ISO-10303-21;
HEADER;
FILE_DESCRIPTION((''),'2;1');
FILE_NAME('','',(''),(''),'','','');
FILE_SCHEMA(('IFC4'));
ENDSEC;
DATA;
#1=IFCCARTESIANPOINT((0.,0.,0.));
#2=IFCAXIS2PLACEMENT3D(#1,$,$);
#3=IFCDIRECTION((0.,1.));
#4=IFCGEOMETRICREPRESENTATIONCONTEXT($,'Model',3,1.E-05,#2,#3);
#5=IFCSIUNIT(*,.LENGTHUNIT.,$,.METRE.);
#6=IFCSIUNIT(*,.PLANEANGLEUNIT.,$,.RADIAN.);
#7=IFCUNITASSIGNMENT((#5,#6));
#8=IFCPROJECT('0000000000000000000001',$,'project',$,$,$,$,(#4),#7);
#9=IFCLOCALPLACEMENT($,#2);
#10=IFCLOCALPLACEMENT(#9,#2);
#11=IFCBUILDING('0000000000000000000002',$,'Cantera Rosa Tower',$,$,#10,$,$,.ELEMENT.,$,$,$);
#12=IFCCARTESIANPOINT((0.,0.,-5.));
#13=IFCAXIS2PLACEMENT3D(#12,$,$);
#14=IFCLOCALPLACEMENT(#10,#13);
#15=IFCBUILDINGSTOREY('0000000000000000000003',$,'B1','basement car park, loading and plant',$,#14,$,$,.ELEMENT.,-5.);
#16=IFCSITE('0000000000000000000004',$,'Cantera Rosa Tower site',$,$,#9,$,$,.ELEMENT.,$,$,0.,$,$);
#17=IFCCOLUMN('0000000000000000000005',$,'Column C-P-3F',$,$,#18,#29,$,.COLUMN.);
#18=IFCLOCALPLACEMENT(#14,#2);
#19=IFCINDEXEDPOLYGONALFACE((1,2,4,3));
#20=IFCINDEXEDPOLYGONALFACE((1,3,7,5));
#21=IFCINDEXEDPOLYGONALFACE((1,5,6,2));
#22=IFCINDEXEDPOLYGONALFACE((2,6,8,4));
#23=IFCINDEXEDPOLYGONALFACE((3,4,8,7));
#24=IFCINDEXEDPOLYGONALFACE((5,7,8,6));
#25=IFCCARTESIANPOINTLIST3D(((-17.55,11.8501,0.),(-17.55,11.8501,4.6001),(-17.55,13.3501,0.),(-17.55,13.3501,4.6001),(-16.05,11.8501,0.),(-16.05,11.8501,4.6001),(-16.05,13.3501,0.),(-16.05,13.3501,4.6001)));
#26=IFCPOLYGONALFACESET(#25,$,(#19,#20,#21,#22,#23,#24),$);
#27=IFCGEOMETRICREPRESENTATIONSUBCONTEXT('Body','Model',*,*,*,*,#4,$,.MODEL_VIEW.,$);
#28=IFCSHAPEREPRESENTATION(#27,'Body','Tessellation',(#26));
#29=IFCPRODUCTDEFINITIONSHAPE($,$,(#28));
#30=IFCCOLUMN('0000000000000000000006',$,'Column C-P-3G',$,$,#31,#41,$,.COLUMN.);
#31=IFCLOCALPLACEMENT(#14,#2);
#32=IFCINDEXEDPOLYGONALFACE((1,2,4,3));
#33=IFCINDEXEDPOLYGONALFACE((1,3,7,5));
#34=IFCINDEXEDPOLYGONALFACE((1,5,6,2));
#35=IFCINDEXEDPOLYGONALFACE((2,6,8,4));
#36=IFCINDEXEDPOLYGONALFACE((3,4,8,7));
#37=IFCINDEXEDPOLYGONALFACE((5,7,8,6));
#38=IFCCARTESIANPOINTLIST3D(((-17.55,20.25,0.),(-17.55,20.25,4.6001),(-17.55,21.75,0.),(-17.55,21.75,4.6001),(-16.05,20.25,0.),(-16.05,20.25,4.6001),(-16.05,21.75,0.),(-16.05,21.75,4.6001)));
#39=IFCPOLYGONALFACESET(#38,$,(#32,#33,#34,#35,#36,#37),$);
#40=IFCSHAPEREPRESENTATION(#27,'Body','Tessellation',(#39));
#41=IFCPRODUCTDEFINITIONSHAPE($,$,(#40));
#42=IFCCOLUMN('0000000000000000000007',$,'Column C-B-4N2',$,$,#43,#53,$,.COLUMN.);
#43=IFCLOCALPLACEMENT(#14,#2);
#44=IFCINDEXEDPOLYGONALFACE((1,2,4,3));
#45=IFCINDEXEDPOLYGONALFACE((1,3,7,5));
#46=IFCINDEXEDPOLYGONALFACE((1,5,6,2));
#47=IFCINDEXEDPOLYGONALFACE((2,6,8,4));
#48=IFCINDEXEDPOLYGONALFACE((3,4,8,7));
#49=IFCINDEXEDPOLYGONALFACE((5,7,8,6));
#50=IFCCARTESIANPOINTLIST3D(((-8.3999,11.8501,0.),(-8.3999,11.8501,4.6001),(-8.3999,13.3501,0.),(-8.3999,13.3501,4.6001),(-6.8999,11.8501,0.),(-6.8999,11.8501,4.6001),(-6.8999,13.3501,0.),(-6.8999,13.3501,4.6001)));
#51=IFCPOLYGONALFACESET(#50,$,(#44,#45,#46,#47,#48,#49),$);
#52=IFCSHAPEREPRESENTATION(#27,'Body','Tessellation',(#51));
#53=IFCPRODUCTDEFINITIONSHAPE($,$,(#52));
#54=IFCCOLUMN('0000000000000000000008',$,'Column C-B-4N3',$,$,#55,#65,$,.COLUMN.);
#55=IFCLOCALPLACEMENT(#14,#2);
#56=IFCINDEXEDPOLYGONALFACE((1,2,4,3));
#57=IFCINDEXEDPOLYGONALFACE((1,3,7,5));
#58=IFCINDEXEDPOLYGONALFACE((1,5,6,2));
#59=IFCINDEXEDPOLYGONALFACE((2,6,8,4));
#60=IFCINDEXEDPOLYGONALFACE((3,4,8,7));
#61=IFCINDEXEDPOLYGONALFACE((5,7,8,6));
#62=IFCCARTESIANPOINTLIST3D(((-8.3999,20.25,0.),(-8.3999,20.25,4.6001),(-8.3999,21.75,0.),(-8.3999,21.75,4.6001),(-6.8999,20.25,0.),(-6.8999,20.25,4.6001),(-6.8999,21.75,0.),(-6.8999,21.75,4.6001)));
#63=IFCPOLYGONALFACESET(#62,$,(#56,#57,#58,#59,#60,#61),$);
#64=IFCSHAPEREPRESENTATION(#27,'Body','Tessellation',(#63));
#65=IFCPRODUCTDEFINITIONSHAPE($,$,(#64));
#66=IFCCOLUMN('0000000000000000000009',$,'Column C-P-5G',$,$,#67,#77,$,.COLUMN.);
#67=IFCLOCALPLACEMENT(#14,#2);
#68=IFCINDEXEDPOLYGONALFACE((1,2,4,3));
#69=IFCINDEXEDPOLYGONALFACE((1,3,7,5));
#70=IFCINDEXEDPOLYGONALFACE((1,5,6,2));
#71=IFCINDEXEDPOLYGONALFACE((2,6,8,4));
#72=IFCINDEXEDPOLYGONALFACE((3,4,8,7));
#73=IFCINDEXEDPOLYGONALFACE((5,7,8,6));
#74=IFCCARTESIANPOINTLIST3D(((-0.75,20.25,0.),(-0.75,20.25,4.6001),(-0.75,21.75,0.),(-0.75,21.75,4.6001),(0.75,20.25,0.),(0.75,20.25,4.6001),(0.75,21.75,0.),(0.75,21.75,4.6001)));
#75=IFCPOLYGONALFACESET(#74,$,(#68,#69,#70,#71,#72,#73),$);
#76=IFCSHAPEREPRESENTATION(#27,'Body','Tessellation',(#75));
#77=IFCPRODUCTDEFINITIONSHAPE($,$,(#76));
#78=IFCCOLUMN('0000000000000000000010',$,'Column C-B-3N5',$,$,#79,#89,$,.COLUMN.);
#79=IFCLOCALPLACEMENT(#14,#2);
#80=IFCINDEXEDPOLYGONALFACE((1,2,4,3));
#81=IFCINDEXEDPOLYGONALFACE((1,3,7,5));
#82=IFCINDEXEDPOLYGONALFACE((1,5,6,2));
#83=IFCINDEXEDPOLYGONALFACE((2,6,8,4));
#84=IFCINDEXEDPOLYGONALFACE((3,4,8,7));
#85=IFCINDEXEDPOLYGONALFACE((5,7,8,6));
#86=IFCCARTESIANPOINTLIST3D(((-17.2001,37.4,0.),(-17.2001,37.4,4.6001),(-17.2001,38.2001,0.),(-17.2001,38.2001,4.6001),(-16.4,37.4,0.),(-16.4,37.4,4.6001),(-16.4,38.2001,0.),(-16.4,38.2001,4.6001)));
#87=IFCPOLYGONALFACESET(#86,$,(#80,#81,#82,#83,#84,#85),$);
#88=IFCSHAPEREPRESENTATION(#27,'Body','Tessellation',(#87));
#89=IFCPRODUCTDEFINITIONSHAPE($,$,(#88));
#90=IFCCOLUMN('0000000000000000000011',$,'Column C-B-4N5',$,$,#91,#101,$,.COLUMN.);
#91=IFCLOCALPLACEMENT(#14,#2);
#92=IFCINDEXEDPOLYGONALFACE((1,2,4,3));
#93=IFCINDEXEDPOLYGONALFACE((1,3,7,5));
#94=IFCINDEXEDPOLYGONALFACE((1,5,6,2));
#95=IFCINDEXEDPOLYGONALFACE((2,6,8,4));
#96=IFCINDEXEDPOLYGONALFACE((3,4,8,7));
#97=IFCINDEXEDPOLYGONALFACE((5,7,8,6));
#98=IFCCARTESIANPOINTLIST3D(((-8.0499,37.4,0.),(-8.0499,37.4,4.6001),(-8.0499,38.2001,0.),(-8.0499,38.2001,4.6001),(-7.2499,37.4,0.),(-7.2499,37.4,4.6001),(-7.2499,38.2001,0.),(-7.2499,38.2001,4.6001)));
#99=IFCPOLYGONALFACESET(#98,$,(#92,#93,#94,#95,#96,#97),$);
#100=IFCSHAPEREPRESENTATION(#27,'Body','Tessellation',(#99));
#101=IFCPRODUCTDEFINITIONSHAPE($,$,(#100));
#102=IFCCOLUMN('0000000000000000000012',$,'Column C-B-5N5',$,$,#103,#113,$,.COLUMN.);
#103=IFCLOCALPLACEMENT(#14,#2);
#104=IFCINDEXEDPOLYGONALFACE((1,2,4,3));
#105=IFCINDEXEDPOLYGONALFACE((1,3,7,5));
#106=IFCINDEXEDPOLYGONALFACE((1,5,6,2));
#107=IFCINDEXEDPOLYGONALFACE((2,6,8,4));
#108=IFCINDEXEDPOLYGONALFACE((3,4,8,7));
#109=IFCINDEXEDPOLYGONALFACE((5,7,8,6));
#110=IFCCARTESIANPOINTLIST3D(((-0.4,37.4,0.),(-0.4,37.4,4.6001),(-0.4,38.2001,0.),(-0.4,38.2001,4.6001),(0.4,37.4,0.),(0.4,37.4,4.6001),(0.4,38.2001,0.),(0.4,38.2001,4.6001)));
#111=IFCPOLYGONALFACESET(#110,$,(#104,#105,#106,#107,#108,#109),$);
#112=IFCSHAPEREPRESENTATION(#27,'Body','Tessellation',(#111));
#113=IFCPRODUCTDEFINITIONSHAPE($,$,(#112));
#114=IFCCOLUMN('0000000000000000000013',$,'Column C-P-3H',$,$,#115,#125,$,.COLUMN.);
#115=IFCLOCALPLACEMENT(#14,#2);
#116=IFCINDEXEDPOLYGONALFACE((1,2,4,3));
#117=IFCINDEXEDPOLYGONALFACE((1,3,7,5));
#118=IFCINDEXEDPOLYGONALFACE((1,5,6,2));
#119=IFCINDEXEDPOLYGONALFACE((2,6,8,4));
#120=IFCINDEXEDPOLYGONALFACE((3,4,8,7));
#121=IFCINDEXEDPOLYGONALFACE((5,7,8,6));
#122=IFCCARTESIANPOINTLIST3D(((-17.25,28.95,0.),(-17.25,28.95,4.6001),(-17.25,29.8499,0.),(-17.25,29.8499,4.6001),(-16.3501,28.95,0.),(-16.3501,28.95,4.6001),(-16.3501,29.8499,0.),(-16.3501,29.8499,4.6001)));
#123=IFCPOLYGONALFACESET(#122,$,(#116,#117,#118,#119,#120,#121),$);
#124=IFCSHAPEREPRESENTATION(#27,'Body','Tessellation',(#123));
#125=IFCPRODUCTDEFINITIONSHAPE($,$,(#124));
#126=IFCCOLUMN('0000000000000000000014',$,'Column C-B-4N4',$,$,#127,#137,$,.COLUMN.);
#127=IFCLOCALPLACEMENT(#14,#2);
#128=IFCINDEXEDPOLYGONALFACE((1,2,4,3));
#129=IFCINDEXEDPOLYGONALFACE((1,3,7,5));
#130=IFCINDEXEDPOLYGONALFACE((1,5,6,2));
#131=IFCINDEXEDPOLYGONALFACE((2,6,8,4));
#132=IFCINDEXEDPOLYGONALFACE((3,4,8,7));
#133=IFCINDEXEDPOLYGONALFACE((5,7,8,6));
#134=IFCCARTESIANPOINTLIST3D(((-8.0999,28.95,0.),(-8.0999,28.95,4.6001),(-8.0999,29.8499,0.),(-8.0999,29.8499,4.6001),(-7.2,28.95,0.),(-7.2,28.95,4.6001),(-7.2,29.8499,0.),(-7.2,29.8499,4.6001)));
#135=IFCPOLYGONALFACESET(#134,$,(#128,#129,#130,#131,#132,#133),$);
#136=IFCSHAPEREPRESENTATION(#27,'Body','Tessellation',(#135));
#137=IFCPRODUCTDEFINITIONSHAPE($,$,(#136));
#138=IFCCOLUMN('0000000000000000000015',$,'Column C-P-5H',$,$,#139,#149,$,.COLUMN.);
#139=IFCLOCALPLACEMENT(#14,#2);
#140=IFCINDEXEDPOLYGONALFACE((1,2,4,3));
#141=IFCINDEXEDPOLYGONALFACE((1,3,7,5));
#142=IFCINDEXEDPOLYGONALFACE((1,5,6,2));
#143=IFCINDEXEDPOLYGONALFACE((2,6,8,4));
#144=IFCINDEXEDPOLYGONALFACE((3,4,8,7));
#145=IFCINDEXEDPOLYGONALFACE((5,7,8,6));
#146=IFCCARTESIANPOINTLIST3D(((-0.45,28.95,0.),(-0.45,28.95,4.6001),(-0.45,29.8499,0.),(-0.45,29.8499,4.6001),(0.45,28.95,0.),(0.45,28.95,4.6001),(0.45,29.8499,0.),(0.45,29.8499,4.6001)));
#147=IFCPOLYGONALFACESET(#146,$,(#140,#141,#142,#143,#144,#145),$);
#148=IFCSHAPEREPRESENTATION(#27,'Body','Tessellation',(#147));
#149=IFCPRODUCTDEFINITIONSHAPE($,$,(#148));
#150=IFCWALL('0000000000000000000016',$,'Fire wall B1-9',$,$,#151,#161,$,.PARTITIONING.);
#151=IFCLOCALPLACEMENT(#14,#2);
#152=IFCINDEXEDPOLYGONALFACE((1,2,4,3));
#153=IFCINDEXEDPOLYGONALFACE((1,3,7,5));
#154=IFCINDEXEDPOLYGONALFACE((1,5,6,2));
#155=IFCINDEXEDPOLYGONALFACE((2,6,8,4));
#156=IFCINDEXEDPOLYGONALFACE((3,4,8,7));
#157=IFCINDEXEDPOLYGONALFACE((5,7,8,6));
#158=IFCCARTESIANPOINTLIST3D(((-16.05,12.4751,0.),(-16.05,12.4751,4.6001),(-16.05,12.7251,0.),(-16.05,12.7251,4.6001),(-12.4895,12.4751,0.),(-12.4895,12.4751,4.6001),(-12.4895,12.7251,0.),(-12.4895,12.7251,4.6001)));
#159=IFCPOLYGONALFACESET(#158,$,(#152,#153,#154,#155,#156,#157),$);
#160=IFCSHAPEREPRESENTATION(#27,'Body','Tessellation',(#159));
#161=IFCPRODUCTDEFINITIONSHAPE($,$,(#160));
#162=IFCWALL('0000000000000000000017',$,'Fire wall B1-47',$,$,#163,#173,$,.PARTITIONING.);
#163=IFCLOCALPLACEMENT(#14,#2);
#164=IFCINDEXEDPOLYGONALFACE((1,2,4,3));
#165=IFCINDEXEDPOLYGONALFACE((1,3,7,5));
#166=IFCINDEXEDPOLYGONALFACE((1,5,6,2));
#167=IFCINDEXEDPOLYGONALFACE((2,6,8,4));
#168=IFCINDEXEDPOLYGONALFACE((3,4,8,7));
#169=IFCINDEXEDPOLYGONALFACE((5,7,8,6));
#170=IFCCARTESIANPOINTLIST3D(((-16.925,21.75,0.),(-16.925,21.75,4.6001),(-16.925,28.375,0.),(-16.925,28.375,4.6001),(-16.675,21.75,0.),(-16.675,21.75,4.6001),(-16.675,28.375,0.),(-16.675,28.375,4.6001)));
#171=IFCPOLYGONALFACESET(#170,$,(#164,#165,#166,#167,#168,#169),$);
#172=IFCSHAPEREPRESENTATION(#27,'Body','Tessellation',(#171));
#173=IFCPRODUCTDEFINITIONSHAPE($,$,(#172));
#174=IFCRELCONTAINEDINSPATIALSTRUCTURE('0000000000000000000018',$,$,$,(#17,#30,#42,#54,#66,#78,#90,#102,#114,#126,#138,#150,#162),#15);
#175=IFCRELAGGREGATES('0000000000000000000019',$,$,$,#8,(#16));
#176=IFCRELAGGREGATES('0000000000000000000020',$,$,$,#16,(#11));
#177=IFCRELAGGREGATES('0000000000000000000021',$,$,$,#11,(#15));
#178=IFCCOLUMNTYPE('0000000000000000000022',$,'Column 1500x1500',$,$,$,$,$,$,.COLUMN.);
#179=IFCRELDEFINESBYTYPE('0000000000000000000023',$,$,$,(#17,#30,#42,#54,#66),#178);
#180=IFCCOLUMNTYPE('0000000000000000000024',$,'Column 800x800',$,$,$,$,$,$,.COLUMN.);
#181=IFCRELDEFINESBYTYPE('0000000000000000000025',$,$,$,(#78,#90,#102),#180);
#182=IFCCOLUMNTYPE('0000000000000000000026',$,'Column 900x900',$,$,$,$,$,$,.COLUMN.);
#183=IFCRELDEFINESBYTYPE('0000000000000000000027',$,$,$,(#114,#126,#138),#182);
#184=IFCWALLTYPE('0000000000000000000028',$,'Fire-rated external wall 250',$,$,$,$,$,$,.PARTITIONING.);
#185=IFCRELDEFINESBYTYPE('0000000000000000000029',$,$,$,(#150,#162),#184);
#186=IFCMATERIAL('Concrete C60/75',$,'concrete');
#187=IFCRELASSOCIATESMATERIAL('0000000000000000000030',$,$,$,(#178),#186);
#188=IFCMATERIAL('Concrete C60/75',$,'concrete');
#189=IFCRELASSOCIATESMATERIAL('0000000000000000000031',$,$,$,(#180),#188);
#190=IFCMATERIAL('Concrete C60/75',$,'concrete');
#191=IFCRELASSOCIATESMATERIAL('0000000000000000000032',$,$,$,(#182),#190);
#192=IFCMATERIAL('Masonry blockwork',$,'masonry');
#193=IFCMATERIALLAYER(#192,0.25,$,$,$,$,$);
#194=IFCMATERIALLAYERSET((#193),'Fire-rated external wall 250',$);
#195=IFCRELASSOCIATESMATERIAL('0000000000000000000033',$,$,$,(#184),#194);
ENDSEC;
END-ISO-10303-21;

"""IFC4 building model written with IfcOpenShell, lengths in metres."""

from ifc_helpers import new_model, si_unit, direction, frame, frame_2d, origin, origin_2d, place, context, subcontext, project, spatial, rectangle, extrude, material, layer, layer_set, material_profile, profile_set, type_object, element, save


model = new_model("IFC4")

# Units and contexts
model_context = context("Model", 3, precision=1e-05, world=origin(), true_north=direction((0.0, 1.0)))
body_context = subcontext(model_context, "Body", "Model", "MODEL_VIEW")
ifc_project = project(units=[si_unit("LENGTHUNIT", "METRE"), si_unit("PLANEANGLEUNIT", "RADIAN")], contexts=[model_context])

# Site, building, storey
site_placement = place(None, origin())
site = spatial("IfcSite", under=ifc_project, at=site_placement, Name="Cantera Rosa Tower site", CompositionType="ELEMENT", RefElevation=0.0)
building_placement = place(site_placement, origin())
building = spatial("IfcBuilding", under=site, at=building_placement, Name="Cantera Rosa Tower", CompositionType="ELEMENT")
storey_placement = place(building_placement, frame((0.0, 0.0, -5.0)))
storey = spatial("IfcBuildingStorey", under=building, at=storey_placement, Name="B1", Description="basement car park, loading and plant", CompositionType="ELEMENT", Elevation=-5.0)

# Columns
ifc_material_1 = material(Name="Concrete C60/75", Category="concrete")
ifc_material_profile_1 = material_profile(ifc_material_1, rectangle(XDim=1.5, YDim=1.5, at=origin_2d()), Name="Column 1500x1500")
ifc_profile_set_1 = profile_set([ifc_material_profile_1], Name="Concrete C60/75")
column_type_1 = type_object("IfcColumnType", Name="Column 1500x1500", PredefinedType="COLUMN", material=ifc_profile_set_1)
for number, where, z_axis, x_axis, name in (
    (1, (-16.8, 12.6001, 0.0), (0.0, 0.0, 1.0), (1.0, 0.0, 0.0), "Column C-P-3F"),
    (2, (-16.8, 21.0, 0.0), (0.0, 0.0, 1.0), (1.0, 0.0, 0.0), "Column C-P-3G"),
    (3, (-7.6499, 12.6001, 0.0), (0.0, 0.0, 1.0), (1.0, 0.0, 0.0), "Column C-B-4N2"),
    (4, (-7.6499, 21.0, 0.0), (0.0, 0.0, 1.0), (1.0, 0.0, 0.0), "Column C-B-4N3"),
    (5, (0.0, 21.0, 0.0), (0.0, 0.0, 1.0), (1.0, 0.0, 0.0), "Column C-P-5G"),
):
    element("IfcColumn", number, at=place(storey_placement, frame(where, z_axis=z_axis, x_axis=x_axis)), inside=storey, type_object=column_type_1, Name=name, PredefinedType="COLUMN", context=body_context, shape_type="SweptSolid", body=[
        extrude(rectangle(XDim=1.5, YDim=1.5, at=origin_2d()), origin(), (0.0, 0.0, 1.0), 4.6001),
    ])
ifc_material_2 = material(Name="Concrete C60/75", Category="concrete")
ifc_material_profile_2 = material_profile(ifc_material_2, rectangle(XDim=0.8, YDim=0.8, at=origin_2d()), Name="Column 800x800")
ifc_profile_set_2 = profile_set([ifc_material_profile_2], Name="Concrete C60/75")
column_type_2 = type_object("IfcColumnType", Name="Column 800x800", PredefinedType="COLUMN", material=ifc_profile_set_2)
for number, where, z_axis, x_axis, name in (
    (6, (-16.8, 37.8, 0.0), (0.0, 0.0, 1.0), (1.0, 0.0, 0.0), "Column C-B-3N5"),
    (7, (-7.6499, 37.8, 0.0), (0.0, 0.0, 1.0), (1.0, 0.0, 0.0), "Column C-B-4N5"),
    (8, (0.0, 37.8, 0.0), (0.0, 0.0, 1.0), (1.0, 0.0, 0.0), "Column C-B-5N5"),
):
    element("IfcColumn", number, at=place(storey_placement, frame(where, z_axis=z_axis, x_axis=x_axis)), inside=storey, type_object=column_type_2, Name=name, PredefinedType="COLUMN", context=body_context, shape_type="SweptSolid", body=[
        extrude(rectangle(XDim=0.8, YDim=0.8, at=origin_2d()), origin(), (0.0, 0.0, 1.0), 4.6001),
    ])
ifc_material_3 = material(Name="Concrete C60/75", Category="concrete")
ifc_material_profile_3 = material_profile(ifc_material_3, rectangle(XDim=0.8999, YDim=0.8999, at=origin_2d()), Name="Column 900x900")
ifc_profile_set_3 = profile_set([ifc_material_profile_3], Name="Concrete C60/75")
column_type_3 = type_object("IfcColumnType", Name="Column 900x900", PredefinedType="COLUMN", material=ifc_profile_set_3)
for number, where, z_axis, x_axis, name in (
    (9, (-16.8, 29.3999, 0.0), (0.0, 0.0, 1.0), (1.0, 0.0, 0.0), "Column C-P-3H"),
    (10, (-7.6499, 29.3999, 0.0), (0.0, 0.0, 1.0), (1.0, 0.0, 0.0), "Column C-B-4N4"),
    (11, (0.0, 29.3999, 0.0), (0.0, 0.0, 1.0), (1.0, 0.0, 0.0), "Column C-P-5H"),
):
    element("IfcColumn", number, at=place(storey_placement, frame(where, z_axis=z_axis, x_axis=x_axis)), inside=storey, type_object=column_type_3, Name=name, PredefinedType="COLUMN", context=body_context, shape_type="SweptSolid", body=[
        extrude(rectangle(XDim=0.8999, YDim=0.8999, at=origin_2d()), origin(), (0.0, 0.0, 1.0), 4.6001),
    ])

# Walls
ifc_material_4 = material(Name="Masonry blockwork", Category="masonry")
ifc_layer_1 = layer(ifc_material_4, 0.25)
ifc_layer_set_1 = layer_set([ifc_layer_1], Name="Fire-rated external wall 250")
wall_type_1 = type_object("IfcWallType", Name="Fire-rated external wall 250", PredefinedType="PARTITIONING", material=ifc_layer_set_1)
wall_1_placement = place(storey_placement, frame((-16.05, 12.6001, 0.0), z_axis=(0.0, 0.0, 1.0), x_axis=(1.0, 0.0, 0.0)))
element("IfcWall", 12, at=wall_1_placement, inside=storey, type_object=wall_type_1, Name="Fire wall B1-9", PredefinedType="PARTITIONING", context=body_context, shape_type="SweptSolid", body=[
    extrude(rectangle(XDim=3.5605, YDim=0.25, at=frame_2d((1.7803, 0.0))), origin(), (0.0, 0.0, 1.0), 4.6001),
])
wall_2_placement = place(storey_placement, frame((-16.8, 21.75, 0.0), z_axis=(0.0, 0.0, 1.0), x_axis=(0.0, 1.0, 0.0)))
element("IfcWall", 13, at=wall_2_placement, inside=storey, type_object=wall_type_1, Name="Fire wall B1-47", PredefinedType="PARTITIONING", context=body_context, shape_type="SweptSolid", body=[
    extrude(rectangle(XDim=6.625, YDim=0.25, at=frame_2d((3.3125, 0.0))), origin(), (0.0, 0.0, 1.0), 4.6001),
])

save(model, "model.ifc")
